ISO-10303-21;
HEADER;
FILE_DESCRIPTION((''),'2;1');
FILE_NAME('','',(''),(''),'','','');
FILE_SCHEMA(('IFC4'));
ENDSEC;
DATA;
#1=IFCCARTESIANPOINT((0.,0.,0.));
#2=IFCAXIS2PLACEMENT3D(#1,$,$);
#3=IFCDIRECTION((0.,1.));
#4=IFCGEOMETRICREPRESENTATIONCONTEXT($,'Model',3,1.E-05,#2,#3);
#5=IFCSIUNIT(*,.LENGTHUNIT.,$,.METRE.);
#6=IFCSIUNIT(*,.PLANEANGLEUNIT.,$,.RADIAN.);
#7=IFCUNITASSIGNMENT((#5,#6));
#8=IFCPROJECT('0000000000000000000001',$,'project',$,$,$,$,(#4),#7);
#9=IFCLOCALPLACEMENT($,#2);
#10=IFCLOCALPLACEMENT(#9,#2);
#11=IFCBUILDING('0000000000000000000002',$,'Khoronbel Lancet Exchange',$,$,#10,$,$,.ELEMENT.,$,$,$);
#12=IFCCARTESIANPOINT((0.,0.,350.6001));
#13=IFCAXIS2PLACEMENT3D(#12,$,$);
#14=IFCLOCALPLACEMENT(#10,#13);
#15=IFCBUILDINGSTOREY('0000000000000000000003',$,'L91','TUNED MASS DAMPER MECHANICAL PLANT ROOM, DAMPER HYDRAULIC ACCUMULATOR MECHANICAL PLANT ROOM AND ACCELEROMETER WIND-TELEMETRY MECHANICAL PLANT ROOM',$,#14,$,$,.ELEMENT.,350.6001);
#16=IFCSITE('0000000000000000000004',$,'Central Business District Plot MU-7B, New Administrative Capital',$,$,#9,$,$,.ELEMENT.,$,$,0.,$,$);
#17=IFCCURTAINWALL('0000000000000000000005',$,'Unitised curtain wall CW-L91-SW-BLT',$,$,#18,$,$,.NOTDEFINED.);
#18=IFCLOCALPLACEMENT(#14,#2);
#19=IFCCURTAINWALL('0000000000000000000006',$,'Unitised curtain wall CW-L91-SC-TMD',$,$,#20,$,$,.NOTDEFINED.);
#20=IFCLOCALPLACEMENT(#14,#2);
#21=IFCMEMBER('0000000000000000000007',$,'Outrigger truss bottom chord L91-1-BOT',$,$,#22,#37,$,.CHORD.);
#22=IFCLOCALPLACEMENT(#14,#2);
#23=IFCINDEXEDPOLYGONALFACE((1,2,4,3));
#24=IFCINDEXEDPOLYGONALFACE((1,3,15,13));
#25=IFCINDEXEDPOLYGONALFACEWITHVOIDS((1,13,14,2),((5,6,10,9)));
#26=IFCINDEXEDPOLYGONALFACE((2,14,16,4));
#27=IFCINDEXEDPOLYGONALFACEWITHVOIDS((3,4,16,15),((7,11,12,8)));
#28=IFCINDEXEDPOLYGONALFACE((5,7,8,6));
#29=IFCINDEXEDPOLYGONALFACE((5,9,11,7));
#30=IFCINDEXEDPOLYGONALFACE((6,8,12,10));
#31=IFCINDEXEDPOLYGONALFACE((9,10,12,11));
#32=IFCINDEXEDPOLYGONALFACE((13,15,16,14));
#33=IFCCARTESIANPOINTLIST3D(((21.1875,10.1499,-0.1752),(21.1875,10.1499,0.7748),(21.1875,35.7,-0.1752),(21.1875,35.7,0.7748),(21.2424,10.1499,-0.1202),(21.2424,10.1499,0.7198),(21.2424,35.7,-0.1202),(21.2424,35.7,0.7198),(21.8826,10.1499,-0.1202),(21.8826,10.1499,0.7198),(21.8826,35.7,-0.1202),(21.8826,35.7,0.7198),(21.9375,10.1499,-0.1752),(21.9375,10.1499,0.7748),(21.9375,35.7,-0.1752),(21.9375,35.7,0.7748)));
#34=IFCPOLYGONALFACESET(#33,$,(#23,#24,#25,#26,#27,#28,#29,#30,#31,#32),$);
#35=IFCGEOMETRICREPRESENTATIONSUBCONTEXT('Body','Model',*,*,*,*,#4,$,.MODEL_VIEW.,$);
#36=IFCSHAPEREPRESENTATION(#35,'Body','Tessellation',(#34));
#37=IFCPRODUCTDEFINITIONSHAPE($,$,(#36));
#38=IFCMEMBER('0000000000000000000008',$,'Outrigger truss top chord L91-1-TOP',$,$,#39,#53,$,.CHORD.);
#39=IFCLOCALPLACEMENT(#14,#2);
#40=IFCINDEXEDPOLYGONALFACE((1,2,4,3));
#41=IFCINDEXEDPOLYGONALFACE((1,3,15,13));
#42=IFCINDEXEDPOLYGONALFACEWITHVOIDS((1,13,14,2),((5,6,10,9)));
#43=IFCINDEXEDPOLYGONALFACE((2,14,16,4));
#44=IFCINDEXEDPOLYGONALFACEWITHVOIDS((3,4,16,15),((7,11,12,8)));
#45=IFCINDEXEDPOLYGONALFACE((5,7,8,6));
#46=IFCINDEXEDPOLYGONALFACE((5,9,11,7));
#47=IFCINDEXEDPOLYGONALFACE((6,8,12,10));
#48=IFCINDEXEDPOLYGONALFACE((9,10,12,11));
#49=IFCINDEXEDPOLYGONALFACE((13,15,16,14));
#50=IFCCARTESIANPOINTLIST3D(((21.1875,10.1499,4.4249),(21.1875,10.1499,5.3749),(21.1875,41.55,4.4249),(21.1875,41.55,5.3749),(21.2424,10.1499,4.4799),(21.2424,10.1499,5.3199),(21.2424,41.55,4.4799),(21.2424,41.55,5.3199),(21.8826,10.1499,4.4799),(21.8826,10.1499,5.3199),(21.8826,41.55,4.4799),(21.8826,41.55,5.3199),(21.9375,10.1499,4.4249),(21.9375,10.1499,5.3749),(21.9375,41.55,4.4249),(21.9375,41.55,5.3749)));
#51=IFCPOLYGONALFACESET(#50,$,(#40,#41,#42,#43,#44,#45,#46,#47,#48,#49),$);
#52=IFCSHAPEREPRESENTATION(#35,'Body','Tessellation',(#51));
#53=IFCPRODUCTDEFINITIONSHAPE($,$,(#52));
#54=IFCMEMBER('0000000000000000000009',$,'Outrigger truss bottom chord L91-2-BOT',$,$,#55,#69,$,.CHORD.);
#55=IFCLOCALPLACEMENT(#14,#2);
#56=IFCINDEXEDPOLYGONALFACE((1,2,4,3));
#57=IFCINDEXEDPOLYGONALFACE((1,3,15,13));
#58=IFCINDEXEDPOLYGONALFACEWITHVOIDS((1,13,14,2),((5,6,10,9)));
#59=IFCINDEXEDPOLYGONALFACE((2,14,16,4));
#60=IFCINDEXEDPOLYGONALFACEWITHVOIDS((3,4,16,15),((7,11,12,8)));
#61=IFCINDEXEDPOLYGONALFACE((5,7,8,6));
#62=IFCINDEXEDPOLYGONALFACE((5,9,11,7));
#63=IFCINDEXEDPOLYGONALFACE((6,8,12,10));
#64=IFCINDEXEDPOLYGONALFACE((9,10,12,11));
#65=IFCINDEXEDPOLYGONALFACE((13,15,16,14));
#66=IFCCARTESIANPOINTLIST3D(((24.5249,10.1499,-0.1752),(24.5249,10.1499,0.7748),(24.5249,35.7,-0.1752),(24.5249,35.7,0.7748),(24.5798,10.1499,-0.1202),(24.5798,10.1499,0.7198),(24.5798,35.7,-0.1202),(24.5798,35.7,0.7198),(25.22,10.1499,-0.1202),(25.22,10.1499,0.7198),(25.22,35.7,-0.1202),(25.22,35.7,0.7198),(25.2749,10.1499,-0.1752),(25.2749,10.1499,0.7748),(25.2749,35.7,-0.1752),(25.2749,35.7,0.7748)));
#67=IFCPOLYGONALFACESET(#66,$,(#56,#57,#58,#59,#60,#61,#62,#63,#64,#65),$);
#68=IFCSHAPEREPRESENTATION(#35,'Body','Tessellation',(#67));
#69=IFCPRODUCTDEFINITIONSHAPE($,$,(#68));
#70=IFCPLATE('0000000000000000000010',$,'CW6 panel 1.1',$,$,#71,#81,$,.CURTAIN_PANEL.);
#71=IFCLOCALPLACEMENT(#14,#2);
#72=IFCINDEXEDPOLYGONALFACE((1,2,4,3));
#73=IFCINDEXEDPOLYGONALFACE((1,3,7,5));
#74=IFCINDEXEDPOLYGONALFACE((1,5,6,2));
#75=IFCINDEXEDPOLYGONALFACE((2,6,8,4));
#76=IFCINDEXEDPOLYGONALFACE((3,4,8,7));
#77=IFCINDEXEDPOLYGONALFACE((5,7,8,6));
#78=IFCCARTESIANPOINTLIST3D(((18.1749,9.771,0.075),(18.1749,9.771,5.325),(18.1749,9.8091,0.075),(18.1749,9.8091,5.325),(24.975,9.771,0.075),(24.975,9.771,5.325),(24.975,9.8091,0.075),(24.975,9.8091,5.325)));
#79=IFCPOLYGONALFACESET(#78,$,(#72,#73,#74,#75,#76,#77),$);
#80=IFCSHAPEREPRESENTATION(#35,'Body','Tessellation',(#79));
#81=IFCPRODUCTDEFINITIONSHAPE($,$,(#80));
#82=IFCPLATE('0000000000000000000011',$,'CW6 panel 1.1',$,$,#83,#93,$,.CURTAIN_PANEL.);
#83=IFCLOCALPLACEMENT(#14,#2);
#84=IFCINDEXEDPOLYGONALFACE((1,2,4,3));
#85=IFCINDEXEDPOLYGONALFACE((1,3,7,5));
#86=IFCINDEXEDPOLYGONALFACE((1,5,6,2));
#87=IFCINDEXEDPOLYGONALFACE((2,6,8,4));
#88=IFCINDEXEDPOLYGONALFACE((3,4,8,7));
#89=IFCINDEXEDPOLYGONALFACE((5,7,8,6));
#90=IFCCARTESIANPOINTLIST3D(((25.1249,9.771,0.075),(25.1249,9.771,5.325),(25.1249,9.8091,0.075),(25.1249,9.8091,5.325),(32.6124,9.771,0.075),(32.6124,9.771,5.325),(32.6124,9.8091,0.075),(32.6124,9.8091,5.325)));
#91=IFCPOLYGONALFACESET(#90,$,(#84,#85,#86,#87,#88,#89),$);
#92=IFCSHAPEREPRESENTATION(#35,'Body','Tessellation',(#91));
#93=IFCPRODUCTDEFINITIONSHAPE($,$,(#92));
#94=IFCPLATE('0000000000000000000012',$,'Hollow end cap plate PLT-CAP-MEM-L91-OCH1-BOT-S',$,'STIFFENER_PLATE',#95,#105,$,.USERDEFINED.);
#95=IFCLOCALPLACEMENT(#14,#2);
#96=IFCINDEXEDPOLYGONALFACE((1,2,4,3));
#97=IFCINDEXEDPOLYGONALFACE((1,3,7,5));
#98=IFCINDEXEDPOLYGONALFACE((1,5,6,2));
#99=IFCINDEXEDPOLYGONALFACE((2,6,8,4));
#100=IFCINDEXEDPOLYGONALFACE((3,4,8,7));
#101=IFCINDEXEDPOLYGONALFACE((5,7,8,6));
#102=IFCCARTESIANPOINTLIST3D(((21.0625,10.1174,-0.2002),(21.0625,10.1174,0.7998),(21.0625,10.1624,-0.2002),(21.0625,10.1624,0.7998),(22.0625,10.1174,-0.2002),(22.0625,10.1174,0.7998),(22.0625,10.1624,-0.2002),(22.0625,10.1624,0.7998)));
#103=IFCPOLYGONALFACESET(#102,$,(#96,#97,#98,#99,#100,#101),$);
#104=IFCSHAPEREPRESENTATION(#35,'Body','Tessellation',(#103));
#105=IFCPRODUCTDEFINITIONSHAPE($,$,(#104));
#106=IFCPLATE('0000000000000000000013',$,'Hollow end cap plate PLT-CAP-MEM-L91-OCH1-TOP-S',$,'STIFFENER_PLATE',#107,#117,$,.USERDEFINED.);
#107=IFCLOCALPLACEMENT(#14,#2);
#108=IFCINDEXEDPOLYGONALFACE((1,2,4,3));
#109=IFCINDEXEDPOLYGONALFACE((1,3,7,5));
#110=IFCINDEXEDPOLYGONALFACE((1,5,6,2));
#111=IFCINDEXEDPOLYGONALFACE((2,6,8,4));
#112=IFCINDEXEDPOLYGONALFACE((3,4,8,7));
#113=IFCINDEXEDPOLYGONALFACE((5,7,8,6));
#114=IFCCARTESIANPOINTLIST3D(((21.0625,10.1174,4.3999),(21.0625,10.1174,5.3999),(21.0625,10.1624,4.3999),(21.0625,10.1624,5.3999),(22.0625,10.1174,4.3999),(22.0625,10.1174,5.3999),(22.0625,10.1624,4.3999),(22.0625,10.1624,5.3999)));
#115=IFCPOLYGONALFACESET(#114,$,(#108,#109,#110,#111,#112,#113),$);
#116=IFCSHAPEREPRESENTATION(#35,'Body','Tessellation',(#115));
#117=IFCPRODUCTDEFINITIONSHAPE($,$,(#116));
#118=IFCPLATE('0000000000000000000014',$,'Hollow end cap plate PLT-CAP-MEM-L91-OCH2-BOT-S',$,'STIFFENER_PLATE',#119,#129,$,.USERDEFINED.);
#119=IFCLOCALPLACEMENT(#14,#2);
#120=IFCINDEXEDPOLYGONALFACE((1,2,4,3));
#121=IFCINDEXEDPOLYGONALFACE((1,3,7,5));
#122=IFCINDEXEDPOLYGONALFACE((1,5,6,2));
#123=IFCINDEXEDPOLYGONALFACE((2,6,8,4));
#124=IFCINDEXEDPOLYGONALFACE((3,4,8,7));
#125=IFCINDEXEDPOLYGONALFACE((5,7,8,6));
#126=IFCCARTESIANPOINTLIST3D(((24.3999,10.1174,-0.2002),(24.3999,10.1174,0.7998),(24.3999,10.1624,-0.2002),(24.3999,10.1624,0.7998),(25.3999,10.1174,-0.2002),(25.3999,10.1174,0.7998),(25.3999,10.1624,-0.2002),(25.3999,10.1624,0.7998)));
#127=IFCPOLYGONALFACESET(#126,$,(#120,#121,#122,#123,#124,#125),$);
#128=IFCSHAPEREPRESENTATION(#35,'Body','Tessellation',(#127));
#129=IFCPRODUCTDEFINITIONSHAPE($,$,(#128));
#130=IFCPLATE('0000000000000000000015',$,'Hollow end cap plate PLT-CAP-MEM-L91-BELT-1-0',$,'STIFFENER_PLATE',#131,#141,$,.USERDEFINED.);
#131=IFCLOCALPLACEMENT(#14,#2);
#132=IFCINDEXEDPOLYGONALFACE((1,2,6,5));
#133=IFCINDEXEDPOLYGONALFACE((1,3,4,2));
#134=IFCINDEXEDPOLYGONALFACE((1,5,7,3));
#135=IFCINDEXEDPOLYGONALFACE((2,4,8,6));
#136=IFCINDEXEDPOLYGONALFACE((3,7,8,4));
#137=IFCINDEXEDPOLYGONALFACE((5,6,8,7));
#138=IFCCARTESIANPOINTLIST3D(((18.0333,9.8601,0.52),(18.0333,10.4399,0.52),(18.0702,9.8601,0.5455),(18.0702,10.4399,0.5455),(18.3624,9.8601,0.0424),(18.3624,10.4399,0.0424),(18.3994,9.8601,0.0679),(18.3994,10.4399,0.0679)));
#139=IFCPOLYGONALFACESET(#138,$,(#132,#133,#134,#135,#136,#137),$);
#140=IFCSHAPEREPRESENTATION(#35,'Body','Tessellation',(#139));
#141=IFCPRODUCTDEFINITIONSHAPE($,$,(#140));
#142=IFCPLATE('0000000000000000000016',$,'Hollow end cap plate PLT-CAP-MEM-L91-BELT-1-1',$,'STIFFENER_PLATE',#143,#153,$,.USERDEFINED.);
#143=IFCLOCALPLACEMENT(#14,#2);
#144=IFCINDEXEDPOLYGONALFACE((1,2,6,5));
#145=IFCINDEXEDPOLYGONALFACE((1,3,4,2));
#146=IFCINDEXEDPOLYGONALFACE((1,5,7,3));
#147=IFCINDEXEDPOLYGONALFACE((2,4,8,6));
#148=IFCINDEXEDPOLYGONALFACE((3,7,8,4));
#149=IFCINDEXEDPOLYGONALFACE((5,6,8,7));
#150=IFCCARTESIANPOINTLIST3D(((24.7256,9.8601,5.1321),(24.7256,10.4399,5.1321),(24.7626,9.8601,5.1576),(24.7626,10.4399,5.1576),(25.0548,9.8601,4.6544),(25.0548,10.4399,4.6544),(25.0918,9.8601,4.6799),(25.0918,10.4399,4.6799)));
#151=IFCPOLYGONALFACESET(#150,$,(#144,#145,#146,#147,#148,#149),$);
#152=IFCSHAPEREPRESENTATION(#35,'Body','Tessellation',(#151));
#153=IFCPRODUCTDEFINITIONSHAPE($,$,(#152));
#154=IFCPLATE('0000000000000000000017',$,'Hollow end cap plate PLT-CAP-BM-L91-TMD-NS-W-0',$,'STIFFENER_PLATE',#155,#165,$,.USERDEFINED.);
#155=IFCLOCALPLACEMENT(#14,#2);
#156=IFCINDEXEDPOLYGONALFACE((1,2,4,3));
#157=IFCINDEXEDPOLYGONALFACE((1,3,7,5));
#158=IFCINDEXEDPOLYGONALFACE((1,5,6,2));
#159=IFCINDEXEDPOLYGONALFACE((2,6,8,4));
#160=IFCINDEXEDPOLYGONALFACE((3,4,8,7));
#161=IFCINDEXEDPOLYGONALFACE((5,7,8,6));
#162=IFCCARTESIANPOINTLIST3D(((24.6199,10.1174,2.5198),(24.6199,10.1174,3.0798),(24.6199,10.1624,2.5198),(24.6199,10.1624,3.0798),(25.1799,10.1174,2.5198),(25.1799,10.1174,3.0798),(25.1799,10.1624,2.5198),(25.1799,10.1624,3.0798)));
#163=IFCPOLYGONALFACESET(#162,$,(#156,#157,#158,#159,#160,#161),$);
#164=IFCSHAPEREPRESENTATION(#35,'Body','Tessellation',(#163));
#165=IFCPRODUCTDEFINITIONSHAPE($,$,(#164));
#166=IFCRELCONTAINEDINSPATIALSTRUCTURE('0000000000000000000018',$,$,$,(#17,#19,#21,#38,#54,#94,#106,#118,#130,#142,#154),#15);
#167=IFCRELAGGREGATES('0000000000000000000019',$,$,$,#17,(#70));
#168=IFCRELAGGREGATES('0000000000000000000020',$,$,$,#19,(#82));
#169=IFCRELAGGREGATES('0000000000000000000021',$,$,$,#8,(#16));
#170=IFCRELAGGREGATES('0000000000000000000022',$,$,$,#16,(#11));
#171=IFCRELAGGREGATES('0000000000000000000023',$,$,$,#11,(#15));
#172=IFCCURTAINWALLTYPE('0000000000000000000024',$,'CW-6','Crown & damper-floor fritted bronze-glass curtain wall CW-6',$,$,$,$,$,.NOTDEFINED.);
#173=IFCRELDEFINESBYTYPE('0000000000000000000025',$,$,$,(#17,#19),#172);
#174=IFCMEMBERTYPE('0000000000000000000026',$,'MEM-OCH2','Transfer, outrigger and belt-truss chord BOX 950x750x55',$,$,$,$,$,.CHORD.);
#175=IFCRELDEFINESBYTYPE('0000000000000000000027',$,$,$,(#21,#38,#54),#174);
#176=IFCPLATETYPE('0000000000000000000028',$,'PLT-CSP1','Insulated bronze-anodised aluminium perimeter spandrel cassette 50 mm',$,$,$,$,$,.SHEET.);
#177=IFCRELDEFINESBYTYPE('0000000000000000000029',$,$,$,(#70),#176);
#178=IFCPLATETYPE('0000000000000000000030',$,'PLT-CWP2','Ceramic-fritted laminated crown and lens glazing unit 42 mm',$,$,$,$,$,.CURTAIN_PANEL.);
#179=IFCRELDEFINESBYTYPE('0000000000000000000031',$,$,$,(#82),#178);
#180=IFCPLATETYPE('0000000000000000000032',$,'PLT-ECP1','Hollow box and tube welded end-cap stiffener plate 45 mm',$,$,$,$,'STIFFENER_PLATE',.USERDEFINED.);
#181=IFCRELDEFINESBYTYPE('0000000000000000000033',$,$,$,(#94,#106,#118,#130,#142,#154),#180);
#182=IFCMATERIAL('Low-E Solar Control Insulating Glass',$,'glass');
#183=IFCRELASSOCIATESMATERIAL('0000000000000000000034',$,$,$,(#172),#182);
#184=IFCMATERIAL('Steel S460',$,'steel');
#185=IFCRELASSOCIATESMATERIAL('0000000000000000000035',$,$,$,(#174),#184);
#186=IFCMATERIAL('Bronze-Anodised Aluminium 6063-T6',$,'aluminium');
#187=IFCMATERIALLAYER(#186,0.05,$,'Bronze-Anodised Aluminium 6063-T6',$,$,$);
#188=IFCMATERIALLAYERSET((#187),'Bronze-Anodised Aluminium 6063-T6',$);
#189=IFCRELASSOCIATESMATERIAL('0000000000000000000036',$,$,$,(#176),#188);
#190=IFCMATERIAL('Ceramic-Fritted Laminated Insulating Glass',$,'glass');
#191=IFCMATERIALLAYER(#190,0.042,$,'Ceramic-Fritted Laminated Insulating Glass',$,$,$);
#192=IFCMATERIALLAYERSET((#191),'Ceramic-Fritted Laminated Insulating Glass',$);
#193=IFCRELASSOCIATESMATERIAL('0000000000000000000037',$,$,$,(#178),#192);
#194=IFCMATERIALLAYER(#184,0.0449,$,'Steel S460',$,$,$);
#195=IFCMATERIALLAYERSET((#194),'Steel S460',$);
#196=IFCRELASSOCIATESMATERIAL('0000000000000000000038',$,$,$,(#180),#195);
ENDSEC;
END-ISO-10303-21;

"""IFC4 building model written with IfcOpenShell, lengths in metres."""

from ifc_helpers import new_model, si_unit, direction, frame, origin, origin_2d, place, context, subcontext, project, spatial, polyline, rectangle, hollow_rectangle, outline, extrude, material, layer, layer_set, material_profile, profile_set, type_object, element, aggregate, save


model = new_model("IFC4")

# Units and contexts
model_context = context("Model", 3, precision=1e-05, world=origin(), true_north=direction((0.0, 1.0)))
body_context = subcontext(model_context, "Body", "Model", "MODEL_VIEW")
ifc_project = project(units=[si_unit("LENGTHUNIT", "METRE"), si_unit("PLANEANGLEUNIT", "RADIAN")], contexts=[model_context])

# Site, building, storey
site_placement = place(None, origin())
site = spatial("IfcSite", under=ifc_project, at=site_placement, Name="Central Business District Plot MU-7B, New Administrative Capital", CompositionType="ELEMENT", RefElevation=0.0)
building_placement = place(site_placement, origin())
building = spatial("IfcBuilding", under=site, at=building_placement, Name="Khoronbel Lancet Exchange", CompositionType="ELEMENT")
storey_placement = place(building_placement, frame((0.0, 0.0, 350.6001)))
storey = spatial("IfcBuildingStorey", under=building, at=storey_placement, Name="L91", Description="TUNED MASS DAMPER MECHANICAL PLANT ROOM, DAMPER HYDRAULIC ACCUMULATOR MECHANICAL PLANT ROOM AND ACCELEROMETER WIND-TELEMETRY MECHANICAL PLANT ROOM", CompositionType="ELEMENT", Elevation=350.6001)

# Shared definitions
ifc_material_1 = material(Name="Steel S460", Category="steel")

# Curtain wall
ifc_material_2 = material(Name="Low-E Solar Control Insulating Glass", Category="glass")
curtain_wall_type = type_object("IfcCurtainWallType", Name="CW-6", Description="Crown & damper-floor fritted bronze-glass curtain wall CW-6", PredefinedType="NOTDEFINED", material=ifc_material_2)
curtain_wall_1_placement = place(storey_placement, origin())
curtain_wall_1 = element("IfcCurtainWall", 1, at=curtain_wall_1_placement, inside=storey, type_object=curtain_wall_type, Name="Unitised curtain wall CW-L91-SW-BLT", PredefinedType="NOTDEFINED")
ifc_material_3 = material(Name="Bronze-Anodised Aluminium 6063-T6", Category="aluminium")

# Curtain wall
curtain_wall_2_placement = place(storey_placement, origin())
curtain_wall_2 = element("IfcCurtainWall", 2, at=curtain_wall_2_placement, inside=storey, type_object=curtain_wall_type, Name="Unitised curtain wall CW-L91-SC-TMD", PredefinedType="NOTDEFINED")

# Members
ifc_material_profile_1 = material_profile(ifc_material_1, hollow_rectangle(XDim=0.75, YDim=0.95, WallThickness=0.0549, at=origin_2d()), Name="BOX 950x750x55")
ifc_profile_set_1 = profile_set([ifc_material_profile_1], Name="Steel S460")
member_type_1 = type_object("IfcMemberType", Name="MEM-OCH2", Description="Transfer, outrigger and belt-truss chord BOX 950x750x55", PredefinedType="CHORD", material=ifc_profile_set_1)
member_1_placement = place(storey_placement, frame((21.5625, 10.1499, 0.2998), z_axis=(0.0, 1.0, 0.0), x_axis=(-1.0, 0.0, 0.0)))
element("IfcMember", 3, at=member_1_placement, inside=storey, type_object=member_type_1, Name="Outrigger truss bottom chord L91-1-BOT", PredefinedType="CHORD", context=body_context, shape_type="SweptSolid", body=[
    extrude(hollow_rectangle(XDim=0.75, YDim=0.95, WallThickness=0.0549, at=origin_2d()), origin(), (0.0, 0.0, 1.0), 25.55),
])
member_2_placement = place(storey_placement, frame((21.5625, 10.1499, 4.8999), z_axis=(0.0, 1.0, 0.0), x_axis=(-1.0, 0.0, 0.0)))
element("IfcMember", 4, at=member_2_placement, inside=storey, type_object=member_type_1, Name="Outrigger truss top chord L91-1-TOP", PredefinedType="CHORD", context=body_context, shape_type="SweptSolid", body=[
    extrude(hollow_rectangle(XDim=0.75, YDim=0.95, WallThickness=0.0549, at=origin_2d()), origin(), (0.0, 0.0, 1.0), 31.4001),
])
member_3_placement = place(storey_placement, frame((24.8999, 10.1499, 0.2998), z_axis=(0.0, 1.0, 0.0), x_axis=(-1.0, 0.0, 0.0)))
element("IfcMember", 5, at=member_3_placement, inside=storey, type_object=member_type_1, Name="Outrigger truss bottom chord L91-2-BOT", PredefinedType="CHORD", context=body_context, shape_type="SweptSolid", body=[
    extrude(hollow_rectangle(XDim=0.75, YDim=0.95, WallThickness=0.0549, at=origin_2d()), origin(), (0.0, 0.0, 1.0), 25.55),
])

# Plates
ifc_layer_1 = layer(ifc_material_3, 0.05, Name="Bronze-Anodised Aluminium 6063-T6")
ifc_layer_set_1 = layer_set([ifc_layer_1], Name="Bronze-Anodised Aluminium 6063-T6")
plate_type_1 = type_object("IfcPlateType", Name="PLT-CSP1", Description="Insulated bronze-anodised aluminium perimeter spandrel cassette 50 mm", PredefinedType="SHEET", material=ifc_layer_set_1)
plate_1_placement = place(storey_placement, frame((21.575, 9.79, 0.075), z_axis=(0.0, 0.0, 1.0), x_axis=(1.0, 0.0, 0.0)))
plate_1 = element("IfcPlate", 6, at=plate_1_placement, type_object=plate_type_1, Name="CW6 panel 1.1", PredefinedType="CURTAIN_PANEL", context=body_context, shape_type="SweptSolid", body=[
    extrude(rectangle(XDim=6.8, YDim=0.0381, at=origin_2d()), origin(), (0.0, 0.0, 1.0), 5.25),
])
aggregate(curtain_wall_1, [plate_1])
ifc_material_4 = material(Name="Ceramic-Fritted Laminated Insulating Glass", Category="glass")
ifc_layer_2 = layer(ifc_material_4, 0.042, Name="Ceramic-Fritted Laminated Insulating Glass")
ifc_layer_set_2 = layer_set([ifc_layer_2], Name="Ceramic-Fritted Laminated Insulating Glass")
plate_type_2 = type_object("IfcPlateType", Name="PLT-CWP2", Description="Ceramic-fritted laminated crown and lens glazing unit 42 mm", PredefinedType="CURTAIN_PANEL", material=ifc_layer_set_2)
plate_2_placement = place(storey_placement, frame((28.8687, 9.79, 0.075), z_axis=(0.0, 0.0, 1.0), x_axis=(1.0, 0.0, 0.0)))
plate_2 = element("IfcPlate", 7, at=plate_2_placement, type_object=plate_type_2, Name="CW6 panel 1.1", PredefinedType="CURTAIN_PANEL", context=body_context, shape_type="SweptSolid", body=[
    extrude(rectangle(XDim=7.4875, YDim=0.0381, at=origin_2d()), origin(), (0.0, 0.0, 1.0), 5.25),
])
aggregate(curtain_wall_2, [plate_2])

# Plates
ifc_layer_3 = layer(ifc_material_1, 0.0449, Name="Steel S460")
ifc_layer_set_3 = layer_set([ifc_layer_3], Name="Steel S460")
plate_type_3 = type_object("IfcPlateType", Name="PLT-ECP1", Description="Hollow box and tube welded end-cap stiffener plate 45 mm", ElementType="STIFFENER_PLATE", PredefinedType="USERDEFINED", material=ifc_layer_set_3)
for number, where, z_axis, x_axis, name in (
    (8, (21.5625, 10.1399, -0.2002), (0.0, 0.0, 1.0), (0.0, -1.0, 0.0), "Hollow end cap plate PLT-CAP-MEM-L91-OCH1-BOT-S"),
    (9, (21.5625, 10.1399, 4.3999), (0.0, 0.0, 1.0), (0.0, -1.0, 0.0), "Hollow end cap plate PLT-CAP-MEM-L91-OCH1-TOP-S"),
    (10, (24.8999, 10.1399, -0.2002), (0.0, 0.0, 1.0), (0.0, -1.0, 0.0), "Hollow end cap plate PLT-CAP-MEM-L91-OCH2-BOT-S"),
):
    element("IfcPlate", number, at=place(storey_placement, frame(where, z_axis=z_axis, x_axis=x_axis)), inside=storey, type_object=plate_type_3, Name=name, ObjectType="STIFFENER_PLATE", PredefinedType="USERDEFINED", context=body_context, shape_type="SweptSolid", body=[
        extrude(rectangle(XDim=0.0449, YDim=1.0, at=origin_2d()), origin(), (0.0, 0.0, 1.0), 1.0),
    ])
for number, where, z_axis, x_axis, name in (
    (11, (18.3994, 9.8601, 0.0679), (0.823403, 0.0, 0.567457), (0.0, 1.0, 0.0), "Hollow end cap plate PLT-CAP-MEM-L91-BELT-1-0"),
    (12, (25.0918, 9.8601, 4.6799), (0.823403, 0.0, 0.567457), (0.0, 1.0, 0.0), "Hollow end cap plate PLT-CAP-MEM-L91-BELT-1-1"),
):
    element("IfcPlate", number, at=place(storey_placement, frame(where, z_axis=z_axis, x_axis=x_axis)), inside=storey, type_object=plate_type_3, Name=name, ObjectType="STIFFENER_PLATE", PredefinedType="USERDEFINED", context=body_context, shape_type="SweptSolid", body=[
        extrude(outline(polyline([(0.0, 0.0), (0.5798, 0.0), (0.5798, 0.5801), (0.0, 0.5801), (0.0, 0.0)])), origin(), (0.0, 0.0, -1.0), 0.0449),
    ])
plate_3_placement = place(storey_placement, frame((24.8999, 10.1399, 2.5198), z_axis=(0.0, 0.0, 1.0), x_axis=(0.0, -1.0, 0.0)))
element("IfcPlate", 13, at=plate_3_placement, inside=storey, type_object=plate_type_3, Name="Hollow end cap plate PLT-CAP-BM-L91-TMD-NS-W-0", ObjectType="STIFFENER_PLATE", PredefinedType="USERDEFINED", context=body_context, shape_type="SweptSolid", body=[
    extrude(rectangle(XDim=0.0449, YDim=0.5601, at=origin_2d()), origin(), (0.0, 0.0, 1.0), 0.5601),
])

save(model, "model.ifc")
